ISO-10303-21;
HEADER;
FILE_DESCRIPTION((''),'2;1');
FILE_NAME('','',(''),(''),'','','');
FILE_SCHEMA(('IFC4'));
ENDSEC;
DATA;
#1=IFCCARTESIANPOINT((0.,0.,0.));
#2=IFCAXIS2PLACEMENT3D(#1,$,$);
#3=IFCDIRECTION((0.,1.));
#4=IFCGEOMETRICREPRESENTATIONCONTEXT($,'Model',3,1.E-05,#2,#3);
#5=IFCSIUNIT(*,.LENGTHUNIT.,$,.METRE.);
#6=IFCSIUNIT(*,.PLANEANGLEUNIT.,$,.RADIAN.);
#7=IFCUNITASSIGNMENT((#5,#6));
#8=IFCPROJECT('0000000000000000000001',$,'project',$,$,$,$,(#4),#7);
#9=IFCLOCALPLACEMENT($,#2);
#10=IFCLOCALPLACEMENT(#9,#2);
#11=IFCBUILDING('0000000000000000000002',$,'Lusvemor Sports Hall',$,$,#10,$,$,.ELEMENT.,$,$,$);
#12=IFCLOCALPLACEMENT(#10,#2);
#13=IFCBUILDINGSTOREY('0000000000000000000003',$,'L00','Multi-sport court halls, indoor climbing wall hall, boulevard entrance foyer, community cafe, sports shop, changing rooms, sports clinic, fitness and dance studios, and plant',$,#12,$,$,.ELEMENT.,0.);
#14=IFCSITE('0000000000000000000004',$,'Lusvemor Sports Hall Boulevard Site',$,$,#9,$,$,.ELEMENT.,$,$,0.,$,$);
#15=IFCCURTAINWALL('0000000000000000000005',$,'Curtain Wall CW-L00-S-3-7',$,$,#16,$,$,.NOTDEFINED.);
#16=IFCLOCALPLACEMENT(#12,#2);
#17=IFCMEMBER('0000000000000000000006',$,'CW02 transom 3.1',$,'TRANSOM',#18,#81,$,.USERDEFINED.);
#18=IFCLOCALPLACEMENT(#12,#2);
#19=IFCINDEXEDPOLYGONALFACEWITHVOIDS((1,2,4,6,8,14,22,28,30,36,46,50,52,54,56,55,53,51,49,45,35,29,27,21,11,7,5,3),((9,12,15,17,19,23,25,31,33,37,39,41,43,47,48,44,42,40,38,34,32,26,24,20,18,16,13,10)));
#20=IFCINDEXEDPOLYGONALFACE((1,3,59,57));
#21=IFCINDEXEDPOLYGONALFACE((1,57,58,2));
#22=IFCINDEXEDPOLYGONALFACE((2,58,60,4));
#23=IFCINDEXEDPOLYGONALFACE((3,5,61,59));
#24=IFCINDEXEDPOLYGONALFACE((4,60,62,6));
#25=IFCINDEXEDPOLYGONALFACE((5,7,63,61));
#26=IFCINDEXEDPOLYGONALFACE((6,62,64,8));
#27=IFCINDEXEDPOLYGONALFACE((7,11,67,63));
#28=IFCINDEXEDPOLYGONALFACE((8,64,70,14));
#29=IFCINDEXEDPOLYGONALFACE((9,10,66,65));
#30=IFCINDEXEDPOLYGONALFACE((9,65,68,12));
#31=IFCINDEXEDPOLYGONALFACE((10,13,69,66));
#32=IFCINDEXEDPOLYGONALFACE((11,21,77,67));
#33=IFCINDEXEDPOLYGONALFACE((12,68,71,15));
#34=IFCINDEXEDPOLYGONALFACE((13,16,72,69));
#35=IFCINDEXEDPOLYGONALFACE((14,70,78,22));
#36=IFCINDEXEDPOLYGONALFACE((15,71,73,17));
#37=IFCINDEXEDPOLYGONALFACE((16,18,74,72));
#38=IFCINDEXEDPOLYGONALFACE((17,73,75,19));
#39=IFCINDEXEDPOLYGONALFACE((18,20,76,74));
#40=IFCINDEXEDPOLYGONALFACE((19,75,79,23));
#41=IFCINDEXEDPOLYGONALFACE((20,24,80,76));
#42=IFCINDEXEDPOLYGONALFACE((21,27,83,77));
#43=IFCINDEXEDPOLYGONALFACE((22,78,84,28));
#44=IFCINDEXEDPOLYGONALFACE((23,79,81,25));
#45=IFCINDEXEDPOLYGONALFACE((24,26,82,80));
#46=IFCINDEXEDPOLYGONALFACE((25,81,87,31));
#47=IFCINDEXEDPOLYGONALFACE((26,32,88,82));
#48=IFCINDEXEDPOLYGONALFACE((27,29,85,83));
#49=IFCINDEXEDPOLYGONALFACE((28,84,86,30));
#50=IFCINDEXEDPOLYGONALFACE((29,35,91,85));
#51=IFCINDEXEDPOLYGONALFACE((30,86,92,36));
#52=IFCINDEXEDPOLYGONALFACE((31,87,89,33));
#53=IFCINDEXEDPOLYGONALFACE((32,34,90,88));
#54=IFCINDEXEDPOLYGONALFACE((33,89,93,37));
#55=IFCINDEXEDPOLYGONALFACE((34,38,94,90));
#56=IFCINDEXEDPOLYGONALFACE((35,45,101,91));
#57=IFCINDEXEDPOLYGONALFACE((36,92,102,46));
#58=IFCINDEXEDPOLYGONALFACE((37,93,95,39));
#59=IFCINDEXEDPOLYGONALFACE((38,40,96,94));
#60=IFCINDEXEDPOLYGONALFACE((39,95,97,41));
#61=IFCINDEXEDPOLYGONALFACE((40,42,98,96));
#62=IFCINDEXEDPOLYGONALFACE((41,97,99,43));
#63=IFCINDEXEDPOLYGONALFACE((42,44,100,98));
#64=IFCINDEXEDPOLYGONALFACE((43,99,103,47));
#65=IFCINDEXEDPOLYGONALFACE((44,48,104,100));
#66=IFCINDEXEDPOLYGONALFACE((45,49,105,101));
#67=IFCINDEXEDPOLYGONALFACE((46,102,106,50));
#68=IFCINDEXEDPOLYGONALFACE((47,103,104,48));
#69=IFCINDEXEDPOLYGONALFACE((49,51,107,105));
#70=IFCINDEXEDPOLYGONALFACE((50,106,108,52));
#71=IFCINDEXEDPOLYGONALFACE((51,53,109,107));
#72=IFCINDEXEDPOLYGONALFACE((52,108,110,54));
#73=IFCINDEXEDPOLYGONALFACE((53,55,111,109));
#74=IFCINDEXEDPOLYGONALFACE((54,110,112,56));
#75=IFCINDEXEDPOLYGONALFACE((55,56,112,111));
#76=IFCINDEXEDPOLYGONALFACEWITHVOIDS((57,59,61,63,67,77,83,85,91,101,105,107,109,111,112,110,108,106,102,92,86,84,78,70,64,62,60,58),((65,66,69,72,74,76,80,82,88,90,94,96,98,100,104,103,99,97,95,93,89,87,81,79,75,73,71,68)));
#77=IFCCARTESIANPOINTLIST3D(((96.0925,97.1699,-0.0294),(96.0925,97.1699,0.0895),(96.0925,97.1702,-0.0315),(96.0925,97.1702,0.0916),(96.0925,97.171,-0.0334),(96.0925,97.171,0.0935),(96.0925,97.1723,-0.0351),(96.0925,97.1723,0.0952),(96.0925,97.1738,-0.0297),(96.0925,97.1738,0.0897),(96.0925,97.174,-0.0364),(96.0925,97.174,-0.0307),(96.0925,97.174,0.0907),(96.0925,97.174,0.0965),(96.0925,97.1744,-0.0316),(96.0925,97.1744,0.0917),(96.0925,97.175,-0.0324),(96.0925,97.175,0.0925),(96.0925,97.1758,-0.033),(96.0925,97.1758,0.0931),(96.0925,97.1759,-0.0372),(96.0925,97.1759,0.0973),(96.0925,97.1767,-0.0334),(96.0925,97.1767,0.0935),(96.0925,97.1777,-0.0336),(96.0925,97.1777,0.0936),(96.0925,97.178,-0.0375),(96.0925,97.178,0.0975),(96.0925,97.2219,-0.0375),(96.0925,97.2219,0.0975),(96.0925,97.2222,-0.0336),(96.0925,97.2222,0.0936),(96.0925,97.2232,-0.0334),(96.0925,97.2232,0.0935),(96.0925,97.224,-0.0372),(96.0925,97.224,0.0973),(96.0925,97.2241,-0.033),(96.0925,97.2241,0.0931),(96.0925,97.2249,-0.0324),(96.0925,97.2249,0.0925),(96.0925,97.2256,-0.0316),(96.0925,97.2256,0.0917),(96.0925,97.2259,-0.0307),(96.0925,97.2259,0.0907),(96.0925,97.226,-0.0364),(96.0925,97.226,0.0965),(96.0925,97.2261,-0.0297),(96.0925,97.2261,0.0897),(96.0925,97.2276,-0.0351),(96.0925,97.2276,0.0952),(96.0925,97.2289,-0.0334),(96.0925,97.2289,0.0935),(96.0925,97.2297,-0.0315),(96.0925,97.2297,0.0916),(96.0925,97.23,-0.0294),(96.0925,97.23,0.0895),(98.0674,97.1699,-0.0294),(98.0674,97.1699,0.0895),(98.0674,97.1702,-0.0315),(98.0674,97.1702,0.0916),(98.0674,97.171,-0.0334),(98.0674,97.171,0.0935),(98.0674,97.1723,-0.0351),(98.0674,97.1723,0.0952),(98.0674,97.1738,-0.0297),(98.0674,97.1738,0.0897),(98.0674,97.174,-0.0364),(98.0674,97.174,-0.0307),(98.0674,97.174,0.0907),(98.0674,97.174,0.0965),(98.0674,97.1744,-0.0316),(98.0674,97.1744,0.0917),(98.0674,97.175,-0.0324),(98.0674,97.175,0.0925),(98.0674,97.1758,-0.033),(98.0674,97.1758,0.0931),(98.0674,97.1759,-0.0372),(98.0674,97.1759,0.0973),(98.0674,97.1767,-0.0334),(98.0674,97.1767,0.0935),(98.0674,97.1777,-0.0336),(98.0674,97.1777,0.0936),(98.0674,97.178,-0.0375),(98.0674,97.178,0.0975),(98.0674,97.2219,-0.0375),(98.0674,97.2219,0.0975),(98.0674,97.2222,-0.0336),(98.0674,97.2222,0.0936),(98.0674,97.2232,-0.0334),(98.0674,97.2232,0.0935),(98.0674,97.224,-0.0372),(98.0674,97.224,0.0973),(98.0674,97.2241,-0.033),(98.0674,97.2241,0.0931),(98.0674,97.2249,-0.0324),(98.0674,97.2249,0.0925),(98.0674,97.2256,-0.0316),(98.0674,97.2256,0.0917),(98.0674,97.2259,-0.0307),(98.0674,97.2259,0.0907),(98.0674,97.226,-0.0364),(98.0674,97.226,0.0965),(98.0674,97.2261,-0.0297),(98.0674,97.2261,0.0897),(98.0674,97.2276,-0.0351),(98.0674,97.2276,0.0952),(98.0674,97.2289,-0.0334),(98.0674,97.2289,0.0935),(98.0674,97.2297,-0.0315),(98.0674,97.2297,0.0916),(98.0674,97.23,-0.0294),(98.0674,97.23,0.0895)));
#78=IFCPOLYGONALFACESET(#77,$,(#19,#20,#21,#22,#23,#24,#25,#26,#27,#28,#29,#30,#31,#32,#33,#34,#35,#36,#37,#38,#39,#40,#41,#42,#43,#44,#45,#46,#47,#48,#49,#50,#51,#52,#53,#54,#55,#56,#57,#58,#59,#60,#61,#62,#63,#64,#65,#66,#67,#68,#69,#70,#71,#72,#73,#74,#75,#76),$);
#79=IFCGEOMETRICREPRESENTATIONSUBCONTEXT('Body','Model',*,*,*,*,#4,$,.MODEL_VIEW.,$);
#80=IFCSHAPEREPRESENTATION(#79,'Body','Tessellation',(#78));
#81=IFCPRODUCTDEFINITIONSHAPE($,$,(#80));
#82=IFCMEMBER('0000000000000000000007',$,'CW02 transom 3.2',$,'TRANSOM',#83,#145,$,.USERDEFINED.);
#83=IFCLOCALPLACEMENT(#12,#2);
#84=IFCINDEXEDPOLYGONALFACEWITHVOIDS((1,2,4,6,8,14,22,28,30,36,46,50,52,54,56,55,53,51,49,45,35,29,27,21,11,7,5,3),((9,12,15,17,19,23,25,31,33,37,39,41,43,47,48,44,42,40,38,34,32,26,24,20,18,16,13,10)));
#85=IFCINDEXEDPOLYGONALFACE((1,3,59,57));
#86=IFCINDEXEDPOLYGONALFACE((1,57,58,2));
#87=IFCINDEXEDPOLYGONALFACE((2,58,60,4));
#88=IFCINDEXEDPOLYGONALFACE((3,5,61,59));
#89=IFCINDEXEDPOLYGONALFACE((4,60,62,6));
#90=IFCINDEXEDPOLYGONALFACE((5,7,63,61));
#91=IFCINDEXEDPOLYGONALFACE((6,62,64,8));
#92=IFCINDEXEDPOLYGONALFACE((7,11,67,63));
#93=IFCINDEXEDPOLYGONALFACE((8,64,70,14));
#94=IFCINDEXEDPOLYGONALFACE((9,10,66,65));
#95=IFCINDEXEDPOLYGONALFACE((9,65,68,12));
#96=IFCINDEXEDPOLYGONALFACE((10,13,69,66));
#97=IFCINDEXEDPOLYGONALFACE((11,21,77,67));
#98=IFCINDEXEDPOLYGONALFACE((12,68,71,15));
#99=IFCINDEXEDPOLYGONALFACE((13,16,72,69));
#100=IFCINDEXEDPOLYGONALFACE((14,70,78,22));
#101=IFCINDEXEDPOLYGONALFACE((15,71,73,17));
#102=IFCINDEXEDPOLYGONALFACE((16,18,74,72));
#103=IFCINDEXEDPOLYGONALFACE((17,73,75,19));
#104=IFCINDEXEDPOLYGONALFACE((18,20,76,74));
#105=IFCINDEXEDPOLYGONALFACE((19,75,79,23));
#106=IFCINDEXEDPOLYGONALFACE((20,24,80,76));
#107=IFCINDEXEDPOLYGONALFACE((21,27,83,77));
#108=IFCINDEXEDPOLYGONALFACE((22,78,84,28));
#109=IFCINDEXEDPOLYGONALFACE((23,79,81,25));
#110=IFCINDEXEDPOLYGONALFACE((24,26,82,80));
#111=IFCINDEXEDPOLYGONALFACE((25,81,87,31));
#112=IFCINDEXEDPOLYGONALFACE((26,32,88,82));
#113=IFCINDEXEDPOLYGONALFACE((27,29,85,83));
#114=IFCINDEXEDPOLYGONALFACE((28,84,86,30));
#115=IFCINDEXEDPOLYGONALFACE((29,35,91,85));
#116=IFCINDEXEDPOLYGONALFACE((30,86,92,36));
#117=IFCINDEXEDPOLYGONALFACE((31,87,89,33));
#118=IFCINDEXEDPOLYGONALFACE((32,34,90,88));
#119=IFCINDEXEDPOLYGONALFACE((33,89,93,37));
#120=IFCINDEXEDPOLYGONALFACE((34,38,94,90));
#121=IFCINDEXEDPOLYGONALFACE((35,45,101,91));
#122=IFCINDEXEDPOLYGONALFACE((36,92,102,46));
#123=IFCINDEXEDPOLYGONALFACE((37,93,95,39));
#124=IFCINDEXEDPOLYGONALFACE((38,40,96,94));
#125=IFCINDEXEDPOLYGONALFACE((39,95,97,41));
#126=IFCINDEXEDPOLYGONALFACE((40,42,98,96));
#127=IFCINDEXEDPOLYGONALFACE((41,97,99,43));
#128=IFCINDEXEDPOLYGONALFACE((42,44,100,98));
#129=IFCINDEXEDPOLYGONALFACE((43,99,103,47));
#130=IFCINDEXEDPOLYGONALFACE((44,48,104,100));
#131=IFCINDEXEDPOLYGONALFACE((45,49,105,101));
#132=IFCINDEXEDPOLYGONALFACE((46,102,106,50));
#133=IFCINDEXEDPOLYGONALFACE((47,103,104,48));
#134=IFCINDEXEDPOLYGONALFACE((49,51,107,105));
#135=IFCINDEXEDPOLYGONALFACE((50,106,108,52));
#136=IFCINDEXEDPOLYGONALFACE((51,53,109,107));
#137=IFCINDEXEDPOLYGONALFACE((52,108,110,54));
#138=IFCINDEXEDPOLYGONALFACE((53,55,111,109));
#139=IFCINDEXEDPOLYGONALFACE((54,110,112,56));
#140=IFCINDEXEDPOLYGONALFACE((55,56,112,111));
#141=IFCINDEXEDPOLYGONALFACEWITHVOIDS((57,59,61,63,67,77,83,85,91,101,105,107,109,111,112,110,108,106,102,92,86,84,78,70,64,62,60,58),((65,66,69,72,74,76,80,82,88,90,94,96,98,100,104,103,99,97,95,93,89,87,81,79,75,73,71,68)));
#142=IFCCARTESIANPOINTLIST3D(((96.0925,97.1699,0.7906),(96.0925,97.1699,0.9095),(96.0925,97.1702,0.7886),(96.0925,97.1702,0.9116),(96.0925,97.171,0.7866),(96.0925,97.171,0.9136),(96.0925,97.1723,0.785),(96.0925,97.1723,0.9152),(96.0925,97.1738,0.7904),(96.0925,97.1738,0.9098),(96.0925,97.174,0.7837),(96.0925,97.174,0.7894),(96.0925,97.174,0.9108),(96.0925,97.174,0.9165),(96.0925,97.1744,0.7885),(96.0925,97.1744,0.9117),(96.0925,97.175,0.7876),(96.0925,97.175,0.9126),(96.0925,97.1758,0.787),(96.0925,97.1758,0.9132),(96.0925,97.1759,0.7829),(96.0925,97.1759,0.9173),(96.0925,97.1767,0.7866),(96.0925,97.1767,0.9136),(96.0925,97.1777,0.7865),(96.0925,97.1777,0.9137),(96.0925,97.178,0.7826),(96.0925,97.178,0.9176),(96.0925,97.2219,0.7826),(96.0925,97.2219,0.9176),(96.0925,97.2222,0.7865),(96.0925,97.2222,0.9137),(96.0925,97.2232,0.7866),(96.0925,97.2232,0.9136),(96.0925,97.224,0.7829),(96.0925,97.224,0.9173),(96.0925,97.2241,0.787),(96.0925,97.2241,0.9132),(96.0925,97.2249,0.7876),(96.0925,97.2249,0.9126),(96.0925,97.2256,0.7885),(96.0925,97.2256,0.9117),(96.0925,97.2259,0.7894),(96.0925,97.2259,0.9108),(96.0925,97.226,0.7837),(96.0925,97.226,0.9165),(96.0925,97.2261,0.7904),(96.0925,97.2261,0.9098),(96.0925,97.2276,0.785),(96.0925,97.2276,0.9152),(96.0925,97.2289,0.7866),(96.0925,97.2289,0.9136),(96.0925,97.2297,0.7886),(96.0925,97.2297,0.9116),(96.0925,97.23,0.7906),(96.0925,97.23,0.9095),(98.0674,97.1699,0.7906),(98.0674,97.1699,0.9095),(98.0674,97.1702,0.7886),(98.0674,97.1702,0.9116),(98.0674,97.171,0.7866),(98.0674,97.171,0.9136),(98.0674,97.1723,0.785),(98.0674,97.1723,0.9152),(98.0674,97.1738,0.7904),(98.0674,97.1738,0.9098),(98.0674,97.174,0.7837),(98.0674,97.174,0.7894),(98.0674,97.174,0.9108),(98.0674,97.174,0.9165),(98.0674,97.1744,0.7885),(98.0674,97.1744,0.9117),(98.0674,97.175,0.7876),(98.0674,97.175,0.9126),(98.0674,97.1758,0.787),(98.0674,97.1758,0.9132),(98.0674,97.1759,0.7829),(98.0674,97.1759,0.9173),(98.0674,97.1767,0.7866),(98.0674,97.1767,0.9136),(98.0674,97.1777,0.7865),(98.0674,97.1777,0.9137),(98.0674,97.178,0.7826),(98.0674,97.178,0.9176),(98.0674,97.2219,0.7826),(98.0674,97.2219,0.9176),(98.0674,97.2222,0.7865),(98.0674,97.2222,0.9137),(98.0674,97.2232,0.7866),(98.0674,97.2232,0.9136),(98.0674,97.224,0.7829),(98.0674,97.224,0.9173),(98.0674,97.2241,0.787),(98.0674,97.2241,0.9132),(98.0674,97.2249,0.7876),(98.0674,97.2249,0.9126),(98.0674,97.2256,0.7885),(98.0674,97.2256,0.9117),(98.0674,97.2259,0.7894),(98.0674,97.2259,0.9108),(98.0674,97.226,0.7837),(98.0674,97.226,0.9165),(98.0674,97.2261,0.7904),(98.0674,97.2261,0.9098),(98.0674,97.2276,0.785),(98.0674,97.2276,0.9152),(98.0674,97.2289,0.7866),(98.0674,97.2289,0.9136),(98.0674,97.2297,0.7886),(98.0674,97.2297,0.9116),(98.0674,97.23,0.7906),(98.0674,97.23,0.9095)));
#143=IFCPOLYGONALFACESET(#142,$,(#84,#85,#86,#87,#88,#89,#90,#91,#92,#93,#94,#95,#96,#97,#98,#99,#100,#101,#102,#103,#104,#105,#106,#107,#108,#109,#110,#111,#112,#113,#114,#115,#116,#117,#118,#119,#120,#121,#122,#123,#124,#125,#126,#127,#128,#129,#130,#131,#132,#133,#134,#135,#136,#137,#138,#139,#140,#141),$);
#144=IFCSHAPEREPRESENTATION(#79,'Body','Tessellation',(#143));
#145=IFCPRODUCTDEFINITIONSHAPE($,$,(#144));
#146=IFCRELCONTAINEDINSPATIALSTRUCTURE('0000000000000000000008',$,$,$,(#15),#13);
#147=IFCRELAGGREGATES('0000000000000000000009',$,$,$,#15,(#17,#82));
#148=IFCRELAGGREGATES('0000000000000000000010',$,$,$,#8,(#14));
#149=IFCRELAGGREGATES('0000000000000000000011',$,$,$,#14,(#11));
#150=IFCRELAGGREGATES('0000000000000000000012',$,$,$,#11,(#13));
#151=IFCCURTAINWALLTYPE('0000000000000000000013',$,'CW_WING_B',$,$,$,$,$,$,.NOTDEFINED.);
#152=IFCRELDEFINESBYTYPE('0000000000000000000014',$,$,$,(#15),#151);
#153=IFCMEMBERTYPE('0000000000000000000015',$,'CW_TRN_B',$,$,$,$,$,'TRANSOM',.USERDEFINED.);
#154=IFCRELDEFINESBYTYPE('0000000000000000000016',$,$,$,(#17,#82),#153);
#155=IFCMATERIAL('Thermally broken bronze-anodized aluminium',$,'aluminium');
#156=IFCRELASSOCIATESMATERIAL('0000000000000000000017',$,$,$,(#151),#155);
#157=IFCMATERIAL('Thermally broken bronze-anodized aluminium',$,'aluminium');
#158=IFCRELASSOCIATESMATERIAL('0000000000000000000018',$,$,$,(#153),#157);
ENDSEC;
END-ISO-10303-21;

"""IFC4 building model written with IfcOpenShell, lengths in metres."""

from ifc_helpers import new_model, si_unit, direction, frame, origin, origin_2d, place, context, subcontext, project, spatial, hollow_rectangle, extrude, material, material_profile, profile_set, type_object, element, aggregate, save


model = new_model("IFC4")

# Units and contexts
model_context = context("Model", 3, precision=1e-05, world=origin(), true_north=direction((0.0, 1.0)))
body_context = subcontext(model_context, "Body", "Model", "MODEL_VIEW")
ifc_project = project(units=[si_unit("LENGTHUNIT", "METRE"), si_unit("PLANEANGLEUNIT", "RADIAN")], contexts=[model_context])

# Site, building, storey
site_placement = place(None, origin())
site = spatial("IfcSite", under=ifc_project, at=site_placement, Name="Lusvemor Sports Hall Boulevard Site", CompositionType="ELEMENT", RefElevation=0.0)
building_placement = place(site_placement, origin())
building = spatial("IfcBuilding", under=site, at=building_placement, Name="Lusvemor Sports Hall", CompositionType="ELEMENT")
storey_placement = place(building_placement, origin())
storey = spatial("IfcBuildingStorey", under=building, at=storey_placement, Name="L00", Description="Multi-sport court halls, indoor climbing wall hall, boulevard entrance foyer, community cafe, sports shop, changing rooms, sports clinic, fitness and dance studios, and plant", CompositionType="ELEMENT", Elevation=0.0)

# Curtain wall, members
ifc_material_1 = material(Name="Thermally broken bronze-anodized aluminium", Category="aluminium")
curtain_wall_type = type_object("IfcCurtainWallType", Name="CW_WING_B", PredefinedType="NOTDEFINED", material=ifc_material_1)
curtain_wall_placement = place(storey_placement, origin())
curtain_wall = element("IfcCurtainWall", 1, at=curtain_wall_placement, inside=storey, type_object=curtain_wall_type, Name="Curtain Wall CW-L00-S-3-7", PredefinedType="NOTDEFINED")
ifc_material_2 = material(Name="Thermally broken bronze-anodized aluminium", Category="aluminium")
ifc_material_profile_1 = material_profile(ifc_material_2, hollow_rectangle(XDim=0.0601, YDim=0.135, WallThickness=0.0039, InnerFilletRadius=0.0039, OuterFilletRadius=0.0081, at=origin_2d()), Name="CWTRN135x60x4")
ifc_profile_set_1 = profile_set([ifc_material_profile_1], Name="Thermally broken bronze-anodized aluminium")
member_type_1 = type_object("IfcMemberType", Name="CW_TRN_B", ElementType="TRANSOM", PredefinedType="USERDEFINED", material=ifc_profile_set_1)
member_1_placement = place(storey_placement, frame((98.0674, 97.2, 0.03), z_axis=(-1.0, 0.0, 0.0), x_axis=(0.0, -1.0, 0.0)))
member_1 = element("IfcMember", 2, at=member_1_placement, type_object=member_type_1, Name="CW02 transom 3.1", ObjectType="TRANSOM", PredefinedType="USERDEFINED", context=body_context, shape_type="SweptSolid", body=[
    extrude(hollow_rectangle(XDim=0.0601, YDim=0.135, WallThickness=0.0039, InnerFilletRadius=0.0039, OuterFilletRadius=0.0081, at=origin_2d()), origin(), (0.0, 0.0, 1.0), 1.9749),
])
member_2_placement = place(storey_placement, frame((98.0674, 97.2, 0.8501), z_axis=(-1.0, 0.0, 0.0), x_axis=(0.0, -1.0, 0.0)))
member_2 = element("IfcMember", 3, at=member_2_placement, type_object=member_type_1, Name="CW02 transom 3.2", ObjectType="TRANSOM", PredefinedType="USERDEFINED", context=body_context, shape_type="SweptSolid", body=[
    extrude(hollow_rectangle(XDim=0.0601, YDim=0.135, WallThickness=0.0039, InnerFilletRadius=0.0039, OuterFilletRadius=0.0081, at=origin_2d()), origin(), (0.0, 0.0, 1.0), 1.9749),
])
aggregate(curtain_wall, [member_1, member_2])

save(model, "model.ifc")
